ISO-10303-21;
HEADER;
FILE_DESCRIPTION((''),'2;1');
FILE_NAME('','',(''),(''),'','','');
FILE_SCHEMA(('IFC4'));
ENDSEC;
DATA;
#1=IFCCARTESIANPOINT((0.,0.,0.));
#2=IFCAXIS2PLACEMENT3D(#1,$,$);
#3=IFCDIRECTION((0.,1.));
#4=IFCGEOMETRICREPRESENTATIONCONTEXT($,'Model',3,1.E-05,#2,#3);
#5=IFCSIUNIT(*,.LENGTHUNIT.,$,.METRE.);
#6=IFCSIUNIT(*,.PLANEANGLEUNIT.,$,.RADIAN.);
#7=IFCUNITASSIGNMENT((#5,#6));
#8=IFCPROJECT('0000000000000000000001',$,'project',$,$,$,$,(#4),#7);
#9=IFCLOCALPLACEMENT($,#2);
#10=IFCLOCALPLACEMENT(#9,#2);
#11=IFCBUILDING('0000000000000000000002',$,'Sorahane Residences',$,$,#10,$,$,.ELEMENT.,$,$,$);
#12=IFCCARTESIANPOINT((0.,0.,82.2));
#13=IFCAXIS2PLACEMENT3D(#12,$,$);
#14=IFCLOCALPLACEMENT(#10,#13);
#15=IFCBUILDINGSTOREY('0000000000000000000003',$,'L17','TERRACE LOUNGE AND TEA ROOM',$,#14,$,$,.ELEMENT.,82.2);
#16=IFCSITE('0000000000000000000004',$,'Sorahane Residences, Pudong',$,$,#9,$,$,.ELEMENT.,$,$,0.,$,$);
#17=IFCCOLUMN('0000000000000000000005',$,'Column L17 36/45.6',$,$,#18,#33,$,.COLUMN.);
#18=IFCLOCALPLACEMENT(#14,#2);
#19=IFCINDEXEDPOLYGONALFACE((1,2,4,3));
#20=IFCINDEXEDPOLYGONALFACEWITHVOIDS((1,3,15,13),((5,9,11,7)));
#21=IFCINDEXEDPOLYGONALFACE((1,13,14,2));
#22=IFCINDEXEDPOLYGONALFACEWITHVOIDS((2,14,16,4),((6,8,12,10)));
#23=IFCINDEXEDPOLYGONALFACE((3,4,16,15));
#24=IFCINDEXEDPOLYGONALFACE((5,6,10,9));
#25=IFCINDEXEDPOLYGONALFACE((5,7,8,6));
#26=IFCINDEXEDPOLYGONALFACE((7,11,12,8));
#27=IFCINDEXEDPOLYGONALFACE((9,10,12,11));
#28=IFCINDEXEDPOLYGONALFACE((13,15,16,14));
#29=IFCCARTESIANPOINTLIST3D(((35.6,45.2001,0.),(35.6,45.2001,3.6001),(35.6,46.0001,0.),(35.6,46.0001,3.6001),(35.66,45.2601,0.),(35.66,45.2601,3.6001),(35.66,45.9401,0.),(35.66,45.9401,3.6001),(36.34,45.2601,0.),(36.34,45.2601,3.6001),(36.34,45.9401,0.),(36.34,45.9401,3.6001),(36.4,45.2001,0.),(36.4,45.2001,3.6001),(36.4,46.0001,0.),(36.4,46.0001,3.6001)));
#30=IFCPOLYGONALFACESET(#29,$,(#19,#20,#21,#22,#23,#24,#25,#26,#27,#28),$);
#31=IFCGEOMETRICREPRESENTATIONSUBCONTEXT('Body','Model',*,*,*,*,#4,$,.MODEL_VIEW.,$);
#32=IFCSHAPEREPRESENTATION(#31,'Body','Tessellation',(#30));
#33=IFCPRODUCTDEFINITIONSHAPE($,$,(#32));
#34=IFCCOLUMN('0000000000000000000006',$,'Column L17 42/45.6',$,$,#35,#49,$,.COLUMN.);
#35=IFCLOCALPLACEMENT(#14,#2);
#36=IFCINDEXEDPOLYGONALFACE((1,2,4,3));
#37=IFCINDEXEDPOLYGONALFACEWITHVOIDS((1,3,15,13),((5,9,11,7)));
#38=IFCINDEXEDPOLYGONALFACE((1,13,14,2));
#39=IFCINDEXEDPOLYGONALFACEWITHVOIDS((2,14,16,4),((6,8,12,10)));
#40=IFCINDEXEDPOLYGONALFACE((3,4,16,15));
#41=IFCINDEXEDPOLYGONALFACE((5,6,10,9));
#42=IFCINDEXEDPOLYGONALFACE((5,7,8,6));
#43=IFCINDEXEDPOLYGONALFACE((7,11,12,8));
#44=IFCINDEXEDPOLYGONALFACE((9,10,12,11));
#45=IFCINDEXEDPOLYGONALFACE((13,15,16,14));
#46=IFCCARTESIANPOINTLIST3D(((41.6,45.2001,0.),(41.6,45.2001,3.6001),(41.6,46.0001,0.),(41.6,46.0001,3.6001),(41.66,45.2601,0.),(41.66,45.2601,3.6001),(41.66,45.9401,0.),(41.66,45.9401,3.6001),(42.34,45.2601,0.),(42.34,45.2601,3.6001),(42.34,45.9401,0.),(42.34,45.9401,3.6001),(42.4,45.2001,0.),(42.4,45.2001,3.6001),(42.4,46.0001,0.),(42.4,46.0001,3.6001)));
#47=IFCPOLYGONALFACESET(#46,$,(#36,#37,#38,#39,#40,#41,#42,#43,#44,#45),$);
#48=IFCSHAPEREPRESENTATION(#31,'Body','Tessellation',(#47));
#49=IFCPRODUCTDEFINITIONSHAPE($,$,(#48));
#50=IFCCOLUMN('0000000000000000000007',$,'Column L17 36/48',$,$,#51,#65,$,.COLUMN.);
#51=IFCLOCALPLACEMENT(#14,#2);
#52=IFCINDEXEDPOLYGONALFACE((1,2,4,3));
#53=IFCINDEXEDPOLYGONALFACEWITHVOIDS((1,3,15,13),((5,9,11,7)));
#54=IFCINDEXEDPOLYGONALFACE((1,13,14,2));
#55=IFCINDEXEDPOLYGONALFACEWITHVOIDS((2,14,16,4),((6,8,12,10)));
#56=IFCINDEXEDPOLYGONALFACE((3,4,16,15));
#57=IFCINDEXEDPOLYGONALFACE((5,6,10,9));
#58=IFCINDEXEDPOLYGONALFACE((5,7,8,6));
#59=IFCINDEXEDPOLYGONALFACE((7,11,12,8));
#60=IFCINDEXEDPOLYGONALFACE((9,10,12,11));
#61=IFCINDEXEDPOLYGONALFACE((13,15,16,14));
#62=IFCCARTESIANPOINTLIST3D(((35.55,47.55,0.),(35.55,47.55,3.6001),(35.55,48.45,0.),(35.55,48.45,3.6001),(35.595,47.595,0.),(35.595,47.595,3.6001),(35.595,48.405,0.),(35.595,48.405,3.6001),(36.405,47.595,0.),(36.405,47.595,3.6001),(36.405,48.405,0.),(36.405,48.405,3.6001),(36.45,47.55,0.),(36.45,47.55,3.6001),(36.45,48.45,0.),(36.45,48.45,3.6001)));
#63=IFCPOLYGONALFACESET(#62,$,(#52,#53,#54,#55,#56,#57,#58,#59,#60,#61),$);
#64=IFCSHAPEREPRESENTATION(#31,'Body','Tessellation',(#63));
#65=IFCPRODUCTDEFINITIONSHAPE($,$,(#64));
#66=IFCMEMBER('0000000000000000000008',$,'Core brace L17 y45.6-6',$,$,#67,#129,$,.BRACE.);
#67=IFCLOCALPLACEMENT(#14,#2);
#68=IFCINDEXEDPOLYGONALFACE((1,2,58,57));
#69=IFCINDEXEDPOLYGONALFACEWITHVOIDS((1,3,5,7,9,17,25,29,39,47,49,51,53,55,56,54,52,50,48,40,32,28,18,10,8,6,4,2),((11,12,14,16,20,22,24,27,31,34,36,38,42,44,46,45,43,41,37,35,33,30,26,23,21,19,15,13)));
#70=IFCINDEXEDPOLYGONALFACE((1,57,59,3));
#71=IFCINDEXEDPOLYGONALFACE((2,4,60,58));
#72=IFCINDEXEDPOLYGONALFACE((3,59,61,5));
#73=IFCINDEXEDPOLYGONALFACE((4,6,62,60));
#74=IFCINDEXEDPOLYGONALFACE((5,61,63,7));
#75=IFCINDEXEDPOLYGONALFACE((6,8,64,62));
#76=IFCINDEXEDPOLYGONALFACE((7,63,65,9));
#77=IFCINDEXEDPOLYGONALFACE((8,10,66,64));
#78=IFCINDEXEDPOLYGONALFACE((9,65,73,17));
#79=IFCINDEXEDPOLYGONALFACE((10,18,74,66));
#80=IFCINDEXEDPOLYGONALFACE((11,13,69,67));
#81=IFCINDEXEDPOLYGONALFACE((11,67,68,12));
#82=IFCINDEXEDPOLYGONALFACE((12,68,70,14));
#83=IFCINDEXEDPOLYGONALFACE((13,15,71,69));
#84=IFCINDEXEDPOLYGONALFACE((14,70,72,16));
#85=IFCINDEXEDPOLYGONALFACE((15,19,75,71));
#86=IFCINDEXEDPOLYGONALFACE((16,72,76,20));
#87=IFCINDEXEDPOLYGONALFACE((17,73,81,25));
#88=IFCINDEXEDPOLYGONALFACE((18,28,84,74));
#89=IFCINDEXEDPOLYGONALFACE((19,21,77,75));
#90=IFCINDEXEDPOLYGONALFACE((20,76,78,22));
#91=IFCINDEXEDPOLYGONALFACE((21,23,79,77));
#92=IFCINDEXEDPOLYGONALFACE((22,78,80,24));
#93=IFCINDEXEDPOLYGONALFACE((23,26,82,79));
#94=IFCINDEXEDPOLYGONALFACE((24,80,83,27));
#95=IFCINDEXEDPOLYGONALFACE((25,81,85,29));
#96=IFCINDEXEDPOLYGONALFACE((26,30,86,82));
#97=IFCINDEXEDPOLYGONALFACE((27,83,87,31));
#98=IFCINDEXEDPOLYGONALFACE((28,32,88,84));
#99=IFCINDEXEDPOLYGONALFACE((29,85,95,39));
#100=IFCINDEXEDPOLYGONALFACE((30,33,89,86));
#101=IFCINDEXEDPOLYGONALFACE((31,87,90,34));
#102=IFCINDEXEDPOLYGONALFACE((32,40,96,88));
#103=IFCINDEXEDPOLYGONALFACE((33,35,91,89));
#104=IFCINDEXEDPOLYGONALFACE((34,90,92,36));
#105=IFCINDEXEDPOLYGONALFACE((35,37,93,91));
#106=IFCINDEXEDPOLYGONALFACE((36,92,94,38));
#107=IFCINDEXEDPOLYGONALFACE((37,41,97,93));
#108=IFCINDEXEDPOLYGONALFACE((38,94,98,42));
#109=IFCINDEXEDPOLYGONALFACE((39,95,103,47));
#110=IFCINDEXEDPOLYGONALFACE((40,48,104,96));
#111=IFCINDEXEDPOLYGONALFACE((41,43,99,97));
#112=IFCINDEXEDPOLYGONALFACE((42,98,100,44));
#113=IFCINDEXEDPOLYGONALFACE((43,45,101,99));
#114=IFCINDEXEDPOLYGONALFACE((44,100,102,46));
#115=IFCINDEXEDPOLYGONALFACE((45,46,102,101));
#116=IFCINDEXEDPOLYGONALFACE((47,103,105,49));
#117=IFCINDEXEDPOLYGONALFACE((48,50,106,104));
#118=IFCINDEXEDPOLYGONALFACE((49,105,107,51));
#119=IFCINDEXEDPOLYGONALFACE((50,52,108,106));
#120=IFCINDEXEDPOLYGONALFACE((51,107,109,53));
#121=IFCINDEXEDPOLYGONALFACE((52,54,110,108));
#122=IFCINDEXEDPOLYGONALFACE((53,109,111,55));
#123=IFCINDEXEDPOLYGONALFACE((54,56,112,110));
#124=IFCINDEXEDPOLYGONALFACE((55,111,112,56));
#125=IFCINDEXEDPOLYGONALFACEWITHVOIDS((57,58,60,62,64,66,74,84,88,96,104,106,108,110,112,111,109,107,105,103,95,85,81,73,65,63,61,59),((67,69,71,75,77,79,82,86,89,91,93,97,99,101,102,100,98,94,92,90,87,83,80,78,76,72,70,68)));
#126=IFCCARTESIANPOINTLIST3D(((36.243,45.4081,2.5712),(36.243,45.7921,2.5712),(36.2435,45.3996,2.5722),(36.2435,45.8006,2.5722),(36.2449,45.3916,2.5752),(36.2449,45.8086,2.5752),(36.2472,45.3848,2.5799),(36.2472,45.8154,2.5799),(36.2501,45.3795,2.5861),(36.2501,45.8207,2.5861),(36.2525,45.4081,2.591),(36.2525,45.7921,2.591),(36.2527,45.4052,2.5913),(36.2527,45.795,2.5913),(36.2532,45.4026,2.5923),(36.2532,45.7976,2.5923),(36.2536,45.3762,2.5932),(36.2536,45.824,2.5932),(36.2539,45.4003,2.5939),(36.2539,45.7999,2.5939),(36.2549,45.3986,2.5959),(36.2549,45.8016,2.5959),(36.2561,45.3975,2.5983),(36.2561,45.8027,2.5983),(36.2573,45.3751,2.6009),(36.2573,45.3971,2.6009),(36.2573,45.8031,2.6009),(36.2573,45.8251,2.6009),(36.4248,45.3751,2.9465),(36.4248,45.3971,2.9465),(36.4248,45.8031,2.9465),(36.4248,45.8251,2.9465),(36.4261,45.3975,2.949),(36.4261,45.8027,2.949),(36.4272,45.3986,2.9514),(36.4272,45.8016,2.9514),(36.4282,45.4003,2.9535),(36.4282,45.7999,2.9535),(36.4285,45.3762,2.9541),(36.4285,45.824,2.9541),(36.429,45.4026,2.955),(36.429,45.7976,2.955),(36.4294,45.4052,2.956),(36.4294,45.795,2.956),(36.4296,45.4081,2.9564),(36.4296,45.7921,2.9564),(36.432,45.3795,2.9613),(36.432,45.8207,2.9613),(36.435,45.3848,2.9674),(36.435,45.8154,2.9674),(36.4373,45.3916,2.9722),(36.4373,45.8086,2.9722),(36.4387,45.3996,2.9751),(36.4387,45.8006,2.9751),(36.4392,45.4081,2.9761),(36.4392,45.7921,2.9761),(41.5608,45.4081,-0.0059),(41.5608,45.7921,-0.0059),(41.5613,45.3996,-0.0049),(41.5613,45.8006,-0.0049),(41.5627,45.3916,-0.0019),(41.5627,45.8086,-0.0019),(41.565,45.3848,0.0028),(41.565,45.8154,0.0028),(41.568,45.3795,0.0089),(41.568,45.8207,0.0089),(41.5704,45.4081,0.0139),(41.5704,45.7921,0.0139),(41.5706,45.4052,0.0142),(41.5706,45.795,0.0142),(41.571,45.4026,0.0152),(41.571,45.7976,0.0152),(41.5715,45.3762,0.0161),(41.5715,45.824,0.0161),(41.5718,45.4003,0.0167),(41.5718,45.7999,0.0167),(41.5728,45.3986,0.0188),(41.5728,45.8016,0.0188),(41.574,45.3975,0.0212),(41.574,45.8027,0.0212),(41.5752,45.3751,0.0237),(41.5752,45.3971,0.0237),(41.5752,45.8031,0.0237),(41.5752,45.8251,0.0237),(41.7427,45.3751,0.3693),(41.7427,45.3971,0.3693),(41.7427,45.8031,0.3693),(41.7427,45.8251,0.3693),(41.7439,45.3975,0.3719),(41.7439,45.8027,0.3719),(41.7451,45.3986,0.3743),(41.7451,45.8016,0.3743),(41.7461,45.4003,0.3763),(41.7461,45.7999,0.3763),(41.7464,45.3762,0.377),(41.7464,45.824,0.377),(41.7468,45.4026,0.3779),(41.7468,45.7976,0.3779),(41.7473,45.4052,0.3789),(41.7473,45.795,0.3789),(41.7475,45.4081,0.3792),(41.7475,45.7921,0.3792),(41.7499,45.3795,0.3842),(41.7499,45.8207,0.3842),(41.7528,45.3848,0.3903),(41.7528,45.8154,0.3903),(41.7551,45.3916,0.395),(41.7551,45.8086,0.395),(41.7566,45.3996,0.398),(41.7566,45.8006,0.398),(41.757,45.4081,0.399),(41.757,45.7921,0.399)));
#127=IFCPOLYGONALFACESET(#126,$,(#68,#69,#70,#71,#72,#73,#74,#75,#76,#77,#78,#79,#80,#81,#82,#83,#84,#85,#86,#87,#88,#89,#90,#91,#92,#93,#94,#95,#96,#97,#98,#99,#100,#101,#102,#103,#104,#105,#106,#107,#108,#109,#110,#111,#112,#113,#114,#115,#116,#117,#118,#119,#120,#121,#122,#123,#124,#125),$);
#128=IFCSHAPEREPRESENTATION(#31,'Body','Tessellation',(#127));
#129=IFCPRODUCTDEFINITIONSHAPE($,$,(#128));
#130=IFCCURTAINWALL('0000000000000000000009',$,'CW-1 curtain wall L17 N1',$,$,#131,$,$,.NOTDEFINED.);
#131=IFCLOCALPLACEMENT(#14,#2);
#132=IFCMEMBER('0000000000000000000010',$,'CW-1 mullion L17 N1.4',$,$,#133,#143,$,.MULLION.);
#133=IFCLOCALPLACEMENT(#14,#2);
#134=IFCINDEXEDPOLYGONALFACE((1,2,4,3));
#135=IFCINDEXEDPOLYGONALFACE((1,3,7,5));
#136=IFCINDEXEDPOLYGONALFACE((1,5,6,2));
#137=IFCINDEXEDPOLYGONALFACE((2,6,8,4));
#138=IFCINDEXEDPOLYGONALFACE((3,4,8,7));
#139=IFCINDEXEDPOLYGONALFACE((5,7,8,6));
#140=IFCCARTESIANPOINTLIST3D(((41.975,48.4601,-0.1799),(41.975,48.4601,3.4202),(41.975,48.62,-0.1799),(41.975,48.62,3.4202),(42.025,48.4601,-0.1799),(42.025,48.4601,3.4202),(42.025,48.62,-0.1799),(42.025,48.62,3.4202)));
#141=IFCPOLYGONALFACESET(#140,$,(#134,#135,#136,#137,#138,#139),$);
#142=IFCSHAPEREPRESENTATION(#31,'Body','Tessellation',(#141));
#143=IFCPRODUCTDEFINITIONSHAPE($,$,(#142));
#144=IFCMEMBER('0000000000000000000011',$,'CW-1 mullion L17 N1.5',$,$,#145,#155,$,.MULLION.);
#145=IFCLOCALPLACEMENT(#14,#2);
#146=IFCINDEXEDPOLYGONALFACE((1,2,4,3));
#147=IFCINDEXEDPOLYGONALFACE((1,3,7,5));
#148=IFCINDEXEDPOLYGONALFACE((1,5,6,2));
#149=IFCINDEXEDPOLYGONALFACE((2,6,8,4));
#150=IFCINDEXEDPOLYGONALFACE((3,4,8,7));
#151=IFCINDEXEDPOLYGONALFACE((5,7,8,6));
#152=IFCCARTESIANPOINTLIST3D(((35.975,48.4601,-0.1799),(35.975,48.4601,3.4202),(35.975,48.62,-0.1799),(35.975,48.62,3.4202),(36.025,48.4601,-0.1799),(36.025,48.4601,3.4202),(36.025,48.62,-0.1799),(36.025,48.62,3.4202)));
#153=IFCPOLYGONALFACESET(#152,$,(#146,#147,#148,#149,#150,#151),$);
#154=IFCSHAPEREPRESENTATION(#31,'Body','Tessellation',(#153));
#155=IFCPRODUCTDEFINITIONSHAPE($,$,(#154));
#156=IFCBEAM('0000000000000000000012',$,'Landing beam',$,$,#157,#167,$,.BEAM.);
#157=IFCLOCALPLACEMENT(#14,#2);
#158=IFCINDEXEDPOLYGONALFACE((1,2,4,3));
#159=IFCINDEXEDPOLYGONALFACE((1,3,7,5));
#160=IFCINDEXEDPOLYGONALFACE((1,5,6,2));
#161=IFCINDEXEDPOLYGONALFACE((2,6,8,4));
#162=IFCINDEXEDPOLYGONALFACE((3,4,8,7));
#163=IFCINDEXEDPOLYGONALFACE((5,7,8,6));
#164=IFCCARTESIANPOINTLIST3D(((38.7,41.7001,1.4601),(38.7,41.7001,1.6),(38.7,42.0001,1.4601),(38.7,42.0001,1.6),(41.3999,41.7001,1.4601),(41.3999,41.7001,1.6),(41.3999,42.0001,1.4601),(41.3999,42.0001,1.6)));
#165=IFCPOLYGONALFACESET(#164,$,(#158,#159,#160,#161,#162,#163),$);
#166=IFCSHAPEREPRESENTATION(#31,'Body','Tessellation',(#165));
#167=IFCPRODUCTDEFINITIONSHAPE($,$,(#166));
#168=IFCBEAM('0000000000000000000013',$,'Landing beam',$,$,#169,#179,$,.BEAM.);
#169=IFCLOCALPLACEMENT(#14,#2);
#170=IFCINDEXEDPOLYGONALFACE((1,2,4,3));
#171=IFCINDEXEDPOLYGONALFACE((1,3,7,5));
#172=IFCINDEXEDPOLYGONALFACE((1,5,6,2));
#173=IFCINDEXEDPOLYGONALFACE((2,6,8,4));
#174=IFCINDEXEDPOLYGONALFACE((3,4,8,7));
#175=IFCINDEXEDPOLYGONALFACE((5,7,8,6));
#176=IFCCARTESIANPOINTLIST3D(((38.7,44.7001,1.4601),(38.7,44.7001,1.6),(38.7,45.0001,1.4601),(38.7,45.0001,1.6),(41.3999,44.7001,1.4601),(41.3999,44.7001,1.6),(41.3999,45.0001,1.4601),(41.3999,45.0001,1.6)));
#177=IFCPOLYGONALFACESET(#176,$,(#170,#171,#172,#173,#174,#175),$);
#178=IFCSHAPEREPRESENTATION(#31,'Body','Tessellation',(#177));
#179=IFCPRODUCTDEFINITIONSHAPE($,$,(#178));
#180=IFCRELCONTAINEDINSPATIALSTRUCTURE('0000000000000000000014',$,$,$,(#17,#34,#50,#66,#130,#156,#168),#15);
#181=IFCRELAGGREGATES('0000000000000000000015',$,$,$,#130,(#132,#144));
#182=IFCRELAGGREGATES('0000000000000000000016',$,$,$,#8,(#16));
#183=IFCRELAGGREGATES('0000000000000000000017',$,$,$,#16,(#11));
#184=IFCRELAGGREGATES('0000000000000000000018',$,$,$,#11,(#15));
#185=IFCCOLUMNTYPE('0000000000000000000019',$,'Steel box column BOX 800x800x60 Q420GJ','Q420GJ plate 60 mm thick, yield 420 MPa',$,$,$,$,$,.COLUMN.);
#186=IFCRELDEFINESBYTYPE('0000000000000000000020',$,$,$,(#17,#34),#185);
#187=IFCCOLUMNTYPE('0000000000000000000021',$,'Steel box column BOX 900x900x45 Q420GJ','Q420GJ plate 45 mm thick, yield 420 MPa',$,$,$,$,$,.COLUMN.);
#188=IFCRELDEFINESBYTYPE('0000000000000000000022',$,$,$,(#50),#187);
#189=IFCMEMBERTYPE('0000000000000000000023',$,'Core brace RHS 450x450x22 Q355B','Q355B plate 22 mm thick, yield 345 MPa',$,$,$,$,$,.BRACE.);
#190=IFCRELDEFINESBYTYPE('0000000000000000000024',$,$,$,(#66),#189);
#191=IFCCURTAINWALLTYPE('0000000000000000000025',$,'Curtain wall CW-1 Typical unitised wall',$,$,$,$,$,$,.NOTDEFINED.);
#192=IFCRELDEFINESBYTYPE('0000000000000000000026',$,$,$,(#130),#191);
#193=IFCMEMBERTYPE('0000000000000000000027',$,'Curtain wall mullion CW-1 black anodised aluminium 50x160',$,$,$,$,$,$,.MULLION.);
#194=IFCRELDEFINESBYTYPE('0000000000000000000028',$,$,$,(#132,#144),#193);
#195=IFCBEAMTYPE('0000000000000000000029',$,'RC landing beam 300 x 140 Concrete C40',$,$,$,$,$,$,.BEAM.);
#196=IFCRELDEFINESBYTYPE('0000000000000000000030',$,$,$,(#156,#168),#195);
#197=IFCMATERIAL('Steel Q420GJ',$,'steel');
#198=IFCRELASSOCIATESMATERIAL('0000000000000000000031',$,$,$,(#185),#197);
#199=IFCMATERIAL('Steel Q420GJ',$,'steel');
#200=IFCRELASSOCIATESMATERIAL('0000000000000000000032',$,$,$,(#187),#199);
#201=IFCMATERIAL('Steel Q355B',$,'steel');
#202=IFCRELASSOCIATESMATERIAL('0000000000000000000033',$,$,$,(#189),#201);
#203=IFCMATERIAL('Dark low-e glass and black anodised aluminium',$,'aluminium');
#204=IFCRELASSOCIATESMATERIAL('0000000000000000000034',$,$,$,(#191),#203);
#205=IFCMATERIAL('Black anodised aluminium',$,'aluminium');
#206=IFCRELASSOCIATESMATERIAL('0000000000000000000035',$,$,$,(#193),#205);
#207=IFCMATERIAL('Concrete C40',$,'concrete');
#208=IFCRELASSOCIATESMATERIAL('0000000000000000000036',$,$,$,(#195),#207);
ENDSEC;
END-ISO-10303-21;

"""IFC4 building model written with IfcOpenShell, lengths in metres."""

from ifc_helpers import new_model, si_unit, direction, frame, origin, origin_2d, place, context, subcontext, project, spatial, rectangle, hollow_rectangle, extrude, material, material_profile, profile_set, type_object, element, aggregate, save


model = new_model("IFC4")

# Units and contexts
model_context = context("Model", 3, precision=1e-05, world=origin(), true_north=direction((0.0, 1.0)))
body_context = subcontext(model_context, "Body", "Model", "MODEL_VIEW")
ifc_project = project(units=[si_unit("LENGTHUNIT", "METRE"), si_unit("PLANEANGLEUNIT", "RADIAN")], contexts=[model_context])

# Site, building, storey
site_placement = place(None, origin())
site = spatial("IfcSite", under=ifc_project, at=site_placement, Name="Sorahane Residences, Pudong", CompositionType="ELEMENT", RefElevation=0.0)
building_placement = place(site_placement, origin())
building = spatial("IfcBuilding", under=site, at=building_placement, Name="Sorahane Residences", CompositionType="ELEMENT")
storey_placement = place(building_placement, frame((0.0, 0.0, 82.2)))
storey = spatial("IfcBuildingStorey", under=building, at=storey_placement, Name="L17", Description="TERRACE LOUNGE AND TEA ROOM", CompositionType="ELEMENT", Elevation=82.2)

# Columns
ifc_material_1 = material(Name="Steel Q420GJ", Category="steel")
ifc_material_profile_1 = material_profile(ifc_material_1, hollow_rectangle(XDim=0.8, YDim=0.8, WallThickness=0.0601, at=origin_2d()), Name="BOX 800x800x60")
ifc_profile_set_1 = profile_set([ifc_material_profile_1], Name="Steel Q420GJ")
column_type_1 = type_object("IfcColumnType", Name="Steel box column BOX 800x800x60 Q420GJ", Description="Q420GJ plate 60 mm thick, yield 420 MPa", PredefinedType="COLUMN", material=ifc_profile_set_1)
for number, where, z_axis, x_axis, name in (
    (1, (36.0, 45.6001, 0.0), (0.0, 0.0, 1.0), (1.0, 0.0, 0.0), "Column L17 36/45.6"),
    (2, (42.0, 45.6001, 0.0), (0.0, 0.0, 1.0), (1.0, 0.0, 0.0), "Column L17 42/45.6"),
):
    element("IfcColumn", number, at=place(storey_placement, frame(where, z_axis=z_axis, x_axis=x_axis)), inside=storey, type_object=column_type_1, Name=name, PredefinedType="COLUMN", context=body_context, shape_type="SweptSolid", body=[
        extrude(hollow_rectangle(XDim=0.8, YDim=0.8, WallThickness=0.0601, at=origin_2d()), origin(), (0.0, 0.0, 1.0), 3.6001),
    ])
ifc_material_2 = material(Name="Steel Q420GJ", Category="steel")
ifc_material_profile_2 = material_profile(ifc_material_2, hollow_rectangle(XDim=0.8999, YDim=0.8999, WallThickness=0.0449, at=origin_2d()), Name="BOX 900x900x45")
ifc_profile_set_2 = profile_set([ifc_material_profile_2], Name="Steel Q420GJ")
column_type_2 = type_object("IfcColumnType", Name="Steel box column BOX 900x900x45 Q420GJ", Description="Q420GJ plate 45 mm thick, yield 420 MPa", PredefinedType="COLUMN", material=ifc_profile_set_2)
column_placement = place(storey_placement, frame((36.0, 48.0, 0.0), z_axis=(0.0, 0.0, 1.0), x_axis=(1.0, 0.0, 0.0)))
element("IfcColumn", 3, at=column_placement, inside=storey, type_object=column_type_2, Name="Column L17 36/48", PredefinedType="COLUMN", context=body_context, shape_type="SweptSolid", body=[
    extrude(hollow_rectangle(XDim=0.8999, YDim=0.8999, WallThickness=0.0449, at=origin_2d()), origin(), (0.0, 0.0, 1.0), 3.6001),
])

# Member
ifc_material_3 = material(Name="Steel Q355B", Category="steel")
ifc_material_profile_3 = material_profile(ifc_material_3, hollow_rectangle(XDim=0.45, YDim=0.45, WallThickness=0.022, InnerFilletRadius=0.011, OuterFilletRadius=0.033, at=origin_2d()), Name="RHS 450x450x22")
ifc_profile_set_3 = profile_set([ifc_material_profile_3], Name="Steel Q355B")
member_type_1 = type_object("IfcMemberType", Name="Core brace RHS 450x450x22 Q355B", Description="Q355B plate 22 mm thick, yield 345 MPa", PredefinedType="BRACE", material=ifc_profile_set_3)
member_1_placement = place(storey_placement, frame((41.6589, 45.6001, 0.1965), z_axis=(-0.899895, 0.0, 0.436107), x_axis=(0.0, -1.0, 0.0)))
element("IfcMember", 4, at=member_1_placement, inside=storey, type_object=member_type_1, Name="Core brace L17 y45.6-6", PredefinedType="BRACE", context=body_context, shape_type="SweptSolid", body=[
    extrude(hollow_rectangle(XDim=0.45, YDim=0.45, WallThickness=0.022, InnerFilletRadius=0.011, OuterFilletRadius=0.033, at=origin_2d()), origin(), (0.0, 0.0, 1.0), 5.9094),
])

# Curtain wall, members
ifc_material_4 = material(Name="Dark low-e glass and black anodised aluminium", Category="aluminium")
curtain_wall_type = type_object("IfcCurtainWallType", Name="Curtain wall CW-1 Typical unitised wall", PredefinedType="NOTDEFINED", material=ifc_material_4)
curtain_wall_placement = place(storey_placement, origin())
curtain_wall = element("IfcCurtainWall", 5, at=curtain_wall_placement, inside=storey, type_object=curtain_wall_type, Name="CW-1 curtain wall L17 N1", PredefinedType="NOTDEFINED")
ifc_material_5 = material(Name="Black anodised aluminium", Category="aluminium")
ifc_material_profile_4 = material_profile(ifc_material_5, rectangle(XDim=0.1599, YDim=0.05, at=origin_2d()), Name="Curtain wall mullion CW-1 black anodised aluminium 50x160")
ifc_profile_set_4 = profile_set([ifc_material_profile_4], Name="Black anodised aluminium")
member_type_2 = type_object("IfcMemberType", Name="Curtain wall mullion CW-1 black anodised aluminium 50x160", PredefinedType="MULLION", material=ifc_profile_set_4)
member_2_placement = place(storey_placement, frame((42.0, 48.54, -0.1799), z_axis=(0.0, 0.0, 1.0), x_axis=(0.0, 1.0, 0.0)))
member_2 = element("IfcMember", 6, at=member_2_placement, type_object=member_type_2, Name="CW-1 mullion L17 N1.4", PredefinedType="MULLION", context=body_context, shape_type="SweptSolid", body=[
    extrude(rectangle(XDim=0.1599, YDim=0.05, at=origin_2d()), origin(), (0.0, 0.0, 1.0), 3.6001),
])
member_3_placement = place(storey_placement, frame((36.0, 48.54, -0.1799), z_axis=(0.0, 0.0, 1.0), x_axis=(0.0, 1.0, 0.0)))
member_3 = element("IfcMember", 7, at=member_3_placement, type_object=member_type_2, Name="CW-1 mullion L17 N1.5", PredefinedType="MULLION", context=body_context, shape_type="SweptSolid", body=[
    extrude(rectangle(XDim=0.1599, YDim=0.05, at=origin_2d()), origin(), (0.0, 0.0, 1.0), 3.6001),
])

# Beams
ifc_material_6 = material(Name="Concrete C40", Category="concrete")
ifc_material_profile_5 = material_profile(ifc_material_6, rectangle(XDim=0.3, YDim=0.1399, at=origin_2d()), Name="300x140")
ifc_profile_set_5 = profile_set([ifc_material_profile_5], Name="Concrete C40")
beam_type_1 = type_object("IfcBeamType", Name="RC landing beam 300 x 140 Concrete C40", PredefinedType="BEAM", material=ifc_profile_set_5)
for number, where, z_axis, x_axis, name in (
    (8, (38.7, 41.8501, 1.53), (1.0, 0.0, 0.0), (0.0, 1.0, 0.0), "Landing beam"),
    (9, (38.7, 44.8501, 1.53), (1.0, 0.0, 0.0), (0.0, 1.0, 0.0), "Landing beam"),
):
    element("IfcBeam", number, at=place(storey_placement, frame(where, z_axis=z_axis, x_axis=x_axis)), inside=storey, type_object=beam_type_1, Name=name, PredefinedType="BEAM", context=body_context, shape_type="SweptSolid", body=[
        extrude(rectangle(XDim=0.3, YDim=0.1399, at=origin_2d()), origin(), (0.0, 0.0, 1.0), 2.7),
    ])

aggregate(curtain_wall, [member_2, member_3])

save(model, "model.ifc")
